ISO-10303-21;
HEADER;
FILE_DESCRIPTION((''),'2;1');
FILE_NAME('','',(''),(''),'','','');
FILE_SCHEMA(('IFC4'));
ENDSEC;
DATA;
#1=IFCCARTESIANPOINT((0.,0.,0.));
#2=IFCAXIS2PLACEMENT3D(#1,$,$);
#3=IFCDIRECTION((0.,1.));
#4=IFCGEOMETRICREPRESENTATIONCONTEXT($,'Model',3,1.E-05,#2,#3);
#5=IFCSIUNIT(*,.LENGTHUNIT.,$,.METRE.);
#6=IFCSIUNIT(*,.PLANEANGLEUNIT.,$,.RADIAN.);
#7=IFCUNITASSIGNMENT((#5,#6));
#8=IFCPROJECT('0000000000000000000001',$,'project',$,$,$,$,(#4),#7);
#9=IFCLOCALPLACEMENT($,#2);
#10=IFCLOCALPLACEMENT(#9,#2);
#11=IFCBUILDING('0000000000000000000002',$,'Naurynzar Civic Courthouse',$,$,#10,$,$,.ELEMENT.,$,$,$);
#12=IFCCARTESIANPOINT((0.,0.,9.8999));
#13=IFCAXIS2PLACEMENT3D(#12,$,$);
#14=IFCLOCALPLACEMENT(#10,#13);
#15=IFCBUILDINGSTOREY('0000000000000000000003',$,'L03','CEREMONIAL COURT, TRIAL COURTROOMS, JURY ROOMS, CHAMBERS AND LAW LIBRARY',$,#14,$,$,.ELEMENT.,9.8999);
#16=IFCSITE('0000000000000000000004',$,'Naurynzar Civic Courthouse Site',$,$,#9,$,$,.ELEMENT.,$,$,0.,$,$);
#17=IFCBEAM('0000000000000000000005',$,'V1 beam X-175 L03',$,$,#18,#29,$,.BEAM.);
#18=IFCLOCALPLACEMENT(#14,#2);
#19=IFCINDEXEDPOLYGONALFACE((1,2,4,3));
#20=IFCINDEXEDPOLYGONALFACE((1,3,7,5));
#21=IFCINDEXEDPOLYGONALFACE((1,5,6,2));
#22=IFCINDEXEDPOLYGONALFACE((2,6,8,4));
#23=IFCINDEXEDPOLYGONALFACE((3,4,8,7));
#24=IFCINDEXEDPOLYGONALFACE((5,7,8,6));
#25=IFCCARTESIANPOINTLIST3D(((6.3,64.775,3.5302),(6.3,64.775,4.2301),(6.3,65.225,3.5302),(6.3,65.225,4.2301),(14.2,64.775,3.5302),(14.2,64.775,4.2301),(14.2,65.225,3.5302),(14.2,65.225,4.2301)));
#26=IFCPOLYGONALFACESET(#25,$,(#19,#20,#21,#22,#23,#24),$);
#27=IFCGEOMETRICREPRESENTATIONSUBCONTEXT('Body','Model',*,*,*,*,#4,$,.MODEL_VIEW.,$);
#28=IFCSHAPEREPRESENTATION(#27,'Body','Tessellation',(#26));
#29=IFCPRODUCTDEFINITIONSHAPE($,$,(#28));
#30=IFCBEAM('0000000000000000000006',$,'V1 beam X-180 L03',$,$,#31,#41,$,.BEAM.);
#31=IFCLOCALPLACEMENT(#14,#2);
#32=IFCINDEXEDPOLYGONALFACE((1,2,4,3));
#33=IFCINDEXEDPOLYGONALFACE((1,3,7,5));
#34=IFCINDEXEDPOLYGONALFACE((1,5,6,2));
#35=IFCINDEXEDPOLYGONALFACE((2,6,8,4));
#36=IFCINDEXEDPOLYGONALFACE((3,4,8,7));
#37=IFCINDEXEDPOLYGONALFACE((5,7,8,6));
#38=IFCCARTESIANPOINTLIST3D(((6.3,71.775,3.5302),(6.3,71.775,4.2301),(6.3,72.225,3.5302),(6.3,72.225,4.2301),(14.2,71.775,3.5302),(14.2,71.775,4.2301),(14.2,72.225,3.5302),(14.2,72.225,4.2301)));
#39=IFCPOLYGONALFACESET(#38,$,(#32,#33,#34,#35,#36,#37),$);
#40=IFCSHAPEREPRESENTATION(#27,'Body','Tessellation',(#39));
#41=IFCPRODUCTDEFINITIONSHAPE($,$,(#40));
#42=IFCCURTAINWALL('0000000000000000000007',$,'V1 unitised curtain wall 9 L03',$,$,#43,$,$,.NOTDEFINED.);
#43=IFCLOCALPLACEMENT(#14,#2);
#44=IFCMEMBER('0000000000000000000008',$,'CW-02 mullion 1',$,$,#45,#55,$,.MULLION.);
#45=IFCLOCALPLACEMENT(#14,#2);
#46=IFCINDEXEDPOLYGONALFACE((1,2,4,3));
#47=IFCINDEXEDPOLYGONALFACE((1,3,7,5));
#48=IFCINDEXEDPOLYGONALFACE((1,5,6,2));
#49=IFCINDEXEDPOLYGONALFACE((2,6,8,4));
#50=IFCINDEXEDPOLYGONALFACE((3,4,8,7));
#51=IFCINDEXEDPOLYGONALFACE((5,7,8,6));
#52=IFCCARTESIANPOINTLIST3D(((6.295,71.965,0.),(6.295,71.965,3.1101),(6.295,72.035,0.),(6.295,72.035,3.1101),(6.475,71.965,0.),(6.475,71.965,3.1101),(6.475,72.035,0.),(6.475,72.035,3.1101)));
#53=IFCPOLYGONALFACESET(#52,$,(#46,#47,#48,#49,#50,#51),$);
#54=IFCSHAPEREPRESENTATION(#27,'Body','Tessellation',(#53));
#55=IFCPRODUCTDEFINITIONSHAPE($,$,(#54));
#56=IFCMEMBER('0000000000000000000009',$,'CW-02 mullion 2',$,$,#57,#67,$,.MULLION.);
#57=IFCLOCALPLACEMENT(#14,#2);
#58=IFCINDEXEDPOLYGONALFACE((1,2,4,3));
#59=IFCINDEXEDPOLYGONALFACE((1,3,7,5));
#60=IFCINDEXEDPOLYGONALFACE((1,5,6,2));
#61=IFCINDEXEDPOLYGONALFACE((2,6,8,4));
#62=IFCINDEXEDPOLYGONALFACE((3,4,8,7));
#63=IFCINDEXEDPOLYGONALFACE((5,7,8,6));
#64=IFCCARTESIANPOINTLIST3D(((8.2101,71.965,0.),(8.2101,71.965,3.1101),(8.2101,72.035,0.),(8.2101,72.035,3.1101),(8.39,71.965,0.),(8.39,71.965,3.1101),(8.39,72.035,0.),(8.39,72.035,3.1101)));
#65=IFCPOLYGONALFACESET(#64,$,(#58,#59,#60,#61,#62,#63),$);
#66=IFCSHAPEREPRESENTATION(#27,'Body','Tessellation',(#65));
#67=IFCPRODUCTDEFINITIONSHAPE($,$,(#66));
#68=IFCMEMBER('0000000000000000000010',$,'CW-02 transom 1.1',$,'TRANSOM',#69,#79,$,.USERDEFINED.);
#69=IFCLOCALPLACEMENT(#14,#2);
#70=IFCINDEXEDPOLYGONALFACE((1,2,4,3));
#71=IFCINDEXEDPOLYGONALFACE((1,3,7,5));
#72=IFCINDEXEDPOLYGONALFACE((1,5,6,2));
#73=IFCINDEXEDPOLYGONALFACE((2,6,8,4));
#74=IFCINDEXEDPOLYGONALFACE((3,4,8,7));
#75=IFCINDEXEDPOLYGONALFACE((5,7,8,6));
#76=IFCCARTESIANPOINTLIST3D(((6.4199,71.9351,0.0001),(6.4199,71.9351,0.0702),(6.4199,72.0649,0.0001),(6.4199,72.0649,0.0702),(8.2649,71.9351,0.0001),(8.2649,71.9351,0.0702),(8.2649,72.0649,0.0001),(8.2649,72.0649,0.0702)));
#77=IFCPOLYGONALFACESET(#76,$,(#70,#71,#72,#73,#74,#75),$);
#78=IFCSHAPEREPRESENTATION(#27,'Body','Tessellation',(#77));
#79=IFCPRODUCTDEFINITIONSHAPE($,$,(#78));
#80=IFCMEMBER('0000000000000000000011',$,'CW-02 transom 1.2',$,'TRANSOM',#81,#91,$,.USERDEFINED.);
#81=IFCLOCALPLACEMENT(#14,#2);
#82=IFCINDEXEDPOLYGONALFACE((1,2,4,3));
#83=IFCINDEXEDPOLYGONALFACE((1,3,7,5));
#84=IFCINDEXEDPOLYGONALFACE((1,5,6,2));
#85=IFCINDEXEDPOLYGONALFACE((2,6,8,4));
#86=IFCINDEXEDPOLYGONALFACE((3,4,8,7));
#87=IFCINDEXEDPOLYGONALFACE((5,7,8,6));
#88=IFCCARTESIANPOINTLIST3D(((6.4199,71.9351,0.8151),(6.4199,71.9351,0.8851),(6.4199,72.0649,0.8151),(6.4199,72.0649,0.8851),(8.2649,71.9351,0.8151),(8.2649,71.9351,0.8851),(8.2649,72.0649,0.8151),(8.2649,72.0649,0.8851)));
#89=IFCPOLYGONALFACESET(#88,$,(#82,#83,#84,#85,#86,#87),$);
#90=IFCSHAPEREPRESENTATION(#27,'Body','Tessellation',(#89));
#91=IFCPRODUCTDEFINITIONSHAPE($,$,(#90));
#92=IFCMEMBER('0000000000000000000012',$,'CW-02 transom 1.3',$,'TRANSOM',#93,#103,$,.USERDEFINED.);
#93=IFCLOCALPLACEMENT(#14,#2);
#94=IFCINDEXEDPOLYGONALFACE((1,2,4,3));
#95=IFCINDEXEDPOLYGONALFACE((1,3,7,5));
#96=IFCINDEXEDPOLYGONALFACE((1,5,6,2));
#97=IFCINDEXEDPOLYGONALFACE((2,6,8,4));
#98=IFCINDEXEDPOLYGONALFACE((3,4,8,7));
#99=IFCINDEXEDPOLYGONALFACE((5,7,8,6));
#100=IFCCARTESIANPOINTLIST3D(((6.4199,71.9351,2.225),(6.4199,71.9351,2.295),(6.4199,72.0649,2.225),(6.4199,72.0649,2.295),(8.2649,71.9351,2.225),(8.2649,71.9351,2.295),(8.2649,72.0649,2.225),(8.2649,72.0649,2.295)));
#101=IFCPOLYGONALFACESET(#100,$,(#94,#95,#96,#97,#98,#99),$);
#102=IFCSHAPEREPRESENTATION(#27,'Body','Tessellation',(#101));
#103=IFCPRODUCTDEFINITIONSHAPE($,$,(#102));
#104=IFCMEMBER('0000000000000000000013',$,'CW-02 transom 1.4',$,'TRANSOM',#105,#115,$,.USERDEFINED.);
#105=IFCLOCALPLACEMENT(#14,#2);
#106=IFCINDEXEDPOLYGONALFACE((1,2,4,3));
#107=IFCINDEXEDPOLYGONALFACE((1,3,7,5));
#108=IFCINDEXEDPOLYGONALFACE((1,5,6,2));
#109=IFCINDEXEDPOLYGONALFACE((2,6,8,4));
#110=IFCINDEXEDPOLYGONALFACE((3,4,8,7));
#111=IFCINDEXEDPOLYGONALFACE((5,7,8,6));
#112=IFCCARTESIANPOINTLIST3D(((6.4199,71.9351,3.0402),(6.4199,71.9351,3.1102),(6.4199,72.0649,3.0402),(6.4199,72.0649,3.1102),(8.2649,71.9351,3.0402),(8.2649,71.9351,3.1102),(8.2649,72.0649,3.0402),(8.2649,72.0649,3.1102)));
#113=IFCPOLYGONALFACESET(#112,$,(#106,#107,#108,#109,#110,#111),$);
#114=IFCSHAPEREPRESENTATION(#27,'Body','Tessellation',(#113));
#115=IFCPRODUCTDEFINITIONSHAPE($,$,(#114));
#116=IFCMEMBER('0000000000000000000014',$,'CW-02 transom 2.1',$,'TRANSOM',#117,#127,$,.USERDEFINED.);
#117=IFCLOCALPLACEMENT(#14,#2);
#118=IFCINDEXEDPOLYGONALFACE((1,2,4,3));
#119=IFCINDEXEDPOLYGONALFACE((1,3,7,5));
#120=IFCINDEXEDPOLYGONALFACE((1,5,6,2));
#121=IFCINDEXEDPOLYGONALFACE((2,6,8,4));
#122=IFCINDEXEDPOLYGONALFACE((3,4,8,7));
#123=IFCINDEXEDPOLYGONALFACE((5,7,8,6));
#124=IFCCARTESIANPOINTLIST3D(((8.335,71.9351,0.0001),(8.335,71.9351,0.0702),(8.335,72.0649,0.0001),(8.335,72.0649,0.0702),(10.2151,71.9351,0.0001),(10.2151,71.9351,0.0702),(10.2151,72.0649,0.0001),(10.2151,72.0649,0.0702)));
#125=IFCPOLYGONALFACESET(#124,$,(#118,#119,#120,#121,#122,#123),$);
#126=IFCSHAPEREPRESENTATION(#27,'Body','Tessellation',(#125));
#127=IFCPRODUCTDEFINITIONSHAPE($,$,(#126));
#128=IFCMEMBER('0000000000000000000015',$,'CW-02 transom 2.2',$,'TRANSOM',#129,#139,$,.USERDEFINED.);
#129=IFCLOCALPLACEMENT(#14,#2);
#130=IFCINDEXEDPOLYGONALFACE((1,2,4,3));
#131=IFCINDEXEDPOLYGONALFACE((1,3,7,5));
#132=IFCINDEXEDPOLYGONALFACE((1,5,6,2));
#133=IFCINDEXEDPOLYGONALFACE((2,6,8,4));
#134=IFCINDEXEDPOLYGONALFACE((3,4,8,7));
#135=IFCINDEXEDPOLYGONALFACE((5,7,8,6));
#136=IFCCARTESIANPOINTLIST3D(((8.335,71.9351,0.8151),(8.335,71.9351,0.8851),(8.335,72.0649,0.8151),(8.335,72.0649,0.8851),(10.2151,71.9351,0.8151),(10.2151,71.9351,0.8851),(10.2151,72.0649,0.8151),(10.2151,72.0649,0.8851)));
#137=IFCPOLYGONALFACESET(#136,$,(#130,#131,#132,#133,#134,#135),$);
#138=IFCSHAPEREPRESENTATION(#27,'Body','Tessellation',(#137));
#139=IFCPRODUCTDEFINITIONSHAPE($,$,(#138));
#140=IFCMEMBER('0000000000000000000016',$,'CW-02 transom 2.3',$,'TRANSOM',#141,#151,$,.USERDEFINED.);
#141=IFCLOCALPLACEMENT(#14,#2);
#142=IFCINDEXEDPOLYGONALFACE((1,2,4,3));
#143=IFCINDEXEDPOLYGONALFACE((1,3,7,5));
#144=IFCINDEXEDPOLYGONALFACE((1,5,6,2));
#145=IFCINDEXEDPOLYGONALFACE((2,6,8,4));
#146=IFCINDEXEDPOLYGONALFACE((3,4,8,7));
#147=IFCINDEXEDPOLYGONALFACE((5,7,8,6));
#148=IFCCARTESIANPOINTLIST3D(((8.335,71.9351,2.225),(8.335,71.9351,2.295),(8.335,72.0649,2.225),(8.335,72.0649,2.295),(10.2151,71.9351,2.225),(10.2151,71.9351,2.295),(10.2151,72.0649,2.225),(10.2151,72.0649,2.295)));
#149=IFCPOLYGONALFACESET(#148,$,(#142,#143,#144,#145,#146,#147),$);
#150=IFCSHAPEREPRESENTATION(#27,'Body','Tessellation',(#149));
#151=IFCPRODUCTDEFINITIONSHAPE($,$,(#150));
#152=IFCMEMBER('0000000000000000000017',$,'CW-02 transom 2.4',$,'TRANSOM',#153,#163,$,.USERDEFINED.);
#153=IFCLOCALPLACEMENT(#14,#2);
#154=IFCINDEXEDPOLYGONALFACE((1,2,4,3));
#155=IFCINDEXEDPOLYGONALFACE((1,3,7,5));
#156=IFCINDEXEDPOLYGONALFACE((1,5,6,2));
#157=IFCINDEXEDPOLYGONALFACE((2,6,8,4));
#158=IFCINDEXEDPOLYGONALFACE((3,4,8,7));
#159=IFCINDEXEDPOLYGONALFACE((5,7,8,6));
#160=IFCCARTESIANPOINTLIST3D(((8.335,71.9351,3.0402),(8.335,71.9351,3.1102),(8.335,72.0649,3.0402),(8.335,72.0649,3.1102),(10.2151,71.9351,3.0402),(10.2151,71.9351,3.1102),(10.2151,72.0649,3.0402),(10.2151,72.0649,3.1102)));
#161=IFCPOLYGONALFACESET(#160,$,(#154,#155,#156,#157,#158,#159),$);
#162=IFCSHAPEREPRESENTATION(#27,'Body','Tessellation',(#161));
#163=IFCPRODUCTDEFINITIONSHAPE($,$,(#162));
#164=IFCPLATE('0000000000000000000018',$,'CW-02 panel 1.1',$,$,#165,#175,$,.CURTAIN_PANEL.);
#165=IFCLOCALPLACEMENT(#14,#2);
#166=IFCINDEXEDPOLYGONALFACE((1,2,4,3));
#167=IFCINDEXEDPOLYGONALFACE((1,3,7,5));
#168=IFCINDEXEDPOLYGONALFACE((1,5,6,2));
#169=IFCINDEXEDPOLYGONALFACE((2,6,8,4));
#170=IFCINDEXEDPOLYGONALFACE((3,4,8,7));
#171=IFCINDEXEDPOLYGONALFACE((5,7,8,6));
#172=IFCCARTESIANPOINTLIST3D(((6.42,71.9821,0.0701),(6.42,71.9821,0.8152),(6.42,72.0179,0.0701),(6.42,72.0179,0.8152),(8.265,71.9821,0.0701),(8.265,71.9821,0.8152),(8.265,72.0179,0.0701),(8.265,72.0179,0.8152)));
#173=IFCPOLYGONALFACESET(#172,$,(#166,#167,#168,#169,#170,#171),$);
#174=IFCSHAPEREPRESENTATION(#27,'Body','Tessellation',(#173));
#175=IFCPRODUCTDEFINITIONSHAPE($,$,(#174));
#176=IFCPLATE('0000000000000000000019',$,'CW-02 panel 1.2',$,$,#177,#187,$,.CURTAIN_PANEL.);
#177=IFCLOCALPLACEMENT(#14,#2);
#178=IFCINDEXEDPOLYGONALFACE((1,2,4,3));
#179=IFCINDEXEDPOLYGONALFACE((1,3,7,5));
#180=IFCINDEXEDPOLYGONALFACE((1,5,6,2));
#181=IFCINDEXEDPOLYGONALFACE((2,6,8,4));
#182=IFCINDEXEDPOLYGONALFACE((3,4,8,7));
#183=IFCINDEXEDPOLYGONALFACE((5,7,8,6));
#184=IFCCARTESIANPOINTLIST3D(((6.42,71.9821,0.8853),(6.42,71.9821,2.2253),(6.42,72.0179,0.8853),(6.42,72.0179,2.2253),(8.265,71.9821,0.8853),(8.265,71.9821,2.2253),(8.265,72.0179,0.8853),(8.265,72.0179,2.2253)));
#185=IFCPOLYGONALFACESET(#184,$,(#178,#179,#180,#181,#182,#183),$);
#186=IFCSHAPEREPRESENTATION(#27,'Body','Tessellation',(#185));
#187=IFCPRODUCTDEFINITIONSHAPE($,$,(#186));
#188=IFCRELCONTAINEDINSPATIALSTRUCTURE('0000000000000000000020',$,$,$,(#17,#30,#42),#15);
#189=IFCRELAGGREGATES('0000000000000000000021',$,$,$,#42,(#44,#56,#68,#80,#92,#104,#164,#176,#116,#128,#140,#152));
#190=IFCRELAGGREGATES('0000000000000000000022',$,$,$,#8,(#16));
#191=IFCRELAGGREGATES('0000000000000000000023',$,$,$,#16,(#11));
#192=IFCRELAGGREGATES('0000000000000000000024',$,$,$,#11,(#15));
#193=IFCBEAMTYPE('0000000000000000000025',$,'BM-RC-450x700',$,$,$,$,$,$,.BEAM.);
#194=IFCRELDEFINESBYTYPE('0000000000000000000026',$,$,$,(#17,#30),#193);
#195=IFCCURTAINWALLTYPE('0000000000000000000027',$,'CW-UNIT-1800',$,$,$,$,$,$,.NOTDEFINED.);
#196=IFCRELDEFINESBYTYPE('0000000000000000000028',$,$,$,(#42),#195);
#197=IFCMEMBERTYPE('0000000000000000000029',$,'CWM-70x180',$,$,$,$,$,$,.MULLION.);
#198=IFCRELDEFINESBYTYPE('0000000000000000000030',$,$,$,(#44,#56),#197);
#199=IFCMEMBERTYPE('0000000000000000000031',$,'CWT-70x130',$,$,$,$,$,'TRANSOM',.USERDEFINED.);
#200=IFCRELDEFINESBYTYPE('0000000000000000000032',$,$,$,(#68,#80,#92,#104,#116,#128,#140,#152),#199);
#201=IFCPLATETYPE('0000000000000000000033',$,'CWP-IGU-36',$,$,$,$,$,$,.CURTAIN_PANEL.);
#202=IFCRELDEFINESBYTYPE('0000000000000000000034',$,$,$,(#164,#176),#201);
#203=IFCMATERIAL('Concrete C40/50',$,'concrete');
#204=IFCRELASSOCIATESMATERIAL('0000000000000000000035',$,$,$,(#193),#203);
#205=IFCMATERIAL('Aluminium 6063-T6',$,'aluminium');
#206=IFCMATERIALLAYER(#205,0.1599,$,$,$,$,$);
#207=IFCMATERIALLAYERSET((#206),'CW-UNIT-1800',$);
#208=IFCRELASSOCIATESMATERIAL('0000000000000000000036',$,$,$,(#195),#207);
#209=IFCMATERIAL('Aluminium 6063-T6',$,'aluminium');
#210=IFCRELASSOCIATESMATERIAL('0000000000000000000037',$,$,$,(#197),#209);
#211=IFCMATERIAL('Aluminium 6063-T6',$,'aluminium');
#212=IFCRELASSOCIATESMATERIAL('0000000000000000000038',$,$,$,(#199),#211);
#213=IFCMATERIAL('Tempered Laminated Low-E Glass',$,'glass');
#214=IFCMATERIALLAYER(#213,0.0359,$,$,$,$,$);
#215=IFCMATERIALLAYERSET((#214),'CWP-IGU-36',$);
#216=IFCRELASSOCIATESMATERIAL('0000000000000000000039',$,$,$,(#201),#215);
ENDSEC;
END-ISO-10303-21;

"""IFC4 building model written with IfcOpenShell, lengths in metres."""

from ifc_helpers import new_model, si_unit, direction, frame, origin, origin_2d, place, context, subcontext, project, spatial, rectangle, extrude, material, layer, layer_set, material_profile, profile_set, type_object, element, aggregate, save


model = new_model("IFC4")

# Units and contexts
model_context = context("Model", 3, precision=1e-05, world=origin(), true_north=direction((0.0, 1.0)))
body_context = subcontext(model_context, "Body", "Model", "MODEL_VIEW")
ifc_project = project(units=[si_unit("LENGTHUNIT", "METRE"), si_unit("PLANEANGLEUNIT", "RADIAN")], contexts=[model_context])

# Site, building, storey
site_placement = place(None, origin())
site = spatial("IfcSite", under=ifc_project, at=site_placement, Name="Naurynzar Civic Courthouse Site", CompositionType="ELEMENT", RefElevation=0.0)
building_placement = place(site_placement, origin())
building = spatial("IfcBuilding", under=site, at=building_placement, Name="Naurynzar Civic Courthouse", CompositionType="ELEMENT")
storey_placement = place(building_placement, frame((0.0, 0.0, 9.8999)))
storey = spatial("IfcBuildingStorey", under=building, at=storey_placement, Name="L03", Description="CEREMONIAL COURT, TRIAL COURTROOMS, JURY ROOMS, CHAMBERS AND LAW LIBRARY", CompositionType="ELEMENT", Elevation=9.8999)

# Beams
ifc_material_1 = material(Name="Concrete C40/50", Category="concrete")
ifc_material_profile_1 = material_profile(ifc_material_1, rectangle(XDim=0.45, YDim=0.7, at=origin_2d()), Name="RCB 450x700")
ifc_profile_set_1 = profile_set([ifc_material_profile_1], Name="Concrete C40/50")
beam_type = type_object("IfcBeamType", Name="BM-RC-450x700", PredefinedType="BEAM", material=ifc_profile_set_1)
for number, where, z_axis, x_axis, name in (
    (1, (6.3, 65.0, 3.8801), (1.0, 0.0, 0.0), (0.0, 1.0, 0.0), "V1 beam X-175 L03"),
    (2, (6.3, 72.0, 3.8801), (1.0, 0.0, 0.0), (0.0, 1.0, 0.0), "V1 beam X-180 L03"),
):
    element("IfcBeam", number, at=place(storey_placement, frame(where, z_axis=z_axis, x_axis=x_axis)), inside=storey, type_object=beam_type, Name=name, PredefinedType="BEAM", context=body_context, shape_type="SweptSolid", body=[
        extrude(rectangle(XDim=0.45, YDim=0.7, at=origin_2d()), origin(), (0.0, 0.0, 1.0), 7.8999),
    ])

# Curtain wall, members, plates
ifc_material_2 = material(Name="Aluminium 6063-T6", Category="aluminium")
ifc_layer_1 = layer(ifc_material_2, 0.1599)
ifc_layer_set_1 = layer_set([ifc_layer_1], Name="CW-UNIT-1800")
curtain_wall_type = type_object("IfcCurtainWallType", Name="CW-UNIT-1800", PredefinedType="NOTDEFINED", material=ifc_layer_set_1)
curtain_wall_placement = place(storey_placement, origin())
curtain_wall = element("IfcCurtainWall", 3, at=curtain_wall_placement, inside=storey, type_object=curtain_wall_type, Name="V1 unitised curtain wall 9 L03", PredefinedType="NOTDEFINED")
ifc_material_3 = material(Name="Aluminium 6063-T6", Category="aluminium")
ifc_material_profile_2 = material_profile(ifc_material_3, rectangle(XDim=0.0701, YDim=0.1799, at=origin_2d()), Name="ALU MULLION 70x180")
ifc_profile_set_2 = profile_set([ifc_material_profile_2], Name="Aluminium 6063-T6")
member_type_1 = type_object("IfcMemberType", Name="CWM-70x180", PredefinedType="MULLION", material=ifc_profile_set_2)
member_1_placement = place(storey_placement, frame((6.385, 72.0, 0.0), z_axis=(0.0, 0.0, 1.0), x_axis=(0.0, 1.0, 0.0)))
member_1 = element("IfcMember", 4, at=member_1_placement, type_object=member_type_1, Name="CW-02 mullion 1", PredefinedType="MULLION", context=body_context, shape_type="SweptSolid", body=[
    extrude(rectangle(XDim=0.0701, YDim=0.1799, at=origin_2d()), origin(), (0.0, 0.0, 1.0), 3.1101),
])
member_2_placement = place(storey_placement, frame((8.3, 72.0, 0.0), z_axis=(0.0, 0.0, 1.0), x_axis=(0.0, 1.0, 0.0)))
member_2 = element("IfcMember", 5, at=member_2_placement, type_object=member_type_1, Name="CW-02 mullion 2", PredefinedType="MULLION", context=body_context, shape_type="SweptSolid", body=[
    extrude(rectangle(XDim=0.0701, YDim=0.1799, at=origin_2d()), origin(), (0.0, 0.0, 1.0), 3.1101),
])
ifc_material_4 = material(Name="Aluminium 6063-T6", Category="aluminium")
ifc_material_profile_3 = material_profile(ifc_material_4, rectangle(XDim=0.1299, YDim=0.0701, at=origin_2d()), Name="ALU TRANSOM 70x130")
ifc_profile_set_3 = profile_set([ifc_material_profile_3], Name="Aluminium 6063-T6")
member_type_2 = type_object("IfcMemberType", Name="CWT-70x130", ElementType="TRANSOM", PredefinedType="USERDEFINED", material=ifc_profile_set_3)
member_3_placement = place(storey_placement, frame((6.4199, 72.0, 0.0352), z_axis=(1.0, 0.0, 0.0), x_axis=(0.0, 1.0, 0.0)))
member_3 = element("IfcMember", 6, at=member_3_placement, type_object=member_type_2, Name="CW-02 transom 1.1", ObjectType="TRANSOM", PredefinedType="USERDEFINED", context=body_context, shape_type="SweptSolid", body=[
    extrude(rectangle(XDim=0.1299, YDim=0.0701, at=origin_2d()), origin(), (0.0, 0.0, 1.0), 1.845),
])
member_4_placement = place(storey_placement, frame((6.4199, 72.0, 0.8501), z_axis=(1.0, 0.0, 0.0), x_axis=(0.0, 1.0, 0.0)))
member_4 = element("IfcMember", 7, at=member_4_placement, type_object=member_type_2, Name="CW-02 transom 1.2", ObjectType="TRANSOM", PredefinedType="USERDEFINED", context=body_context, shape_type="SweptSolid", body=[
    extrude(rectangle(XDim=0.1299, YDim=0.0701, at=origin_2d()), origin(), (0.0, 0.0, 1.0), 1.845),
])
member_5_placement = place(storey_placement, frame((6.4199, 72.0, 2.26), z_axis=(1.0, 0.0, 0.0), x_axis=(0.0, 1.0, 0.0)))
member_5 = element("IfcMember", 8, at=member_5_placement, type_object=member_type_2, Name="CW-02 transom 1.3", ObjectType="TRANSOM", PredefinedType="USERDEFINED", context=body_context, shape_type="SweptSolid", body=[
    extrude(rectangle(XDim=0.1299, YDim=0.0701, at=origin_2d()), origin(), (0.0, 0.0, 1.0), 1.845),
])
member_6_placement = place(storey_placement, frame((6.4199, 72.0, 3.0752), z_axis=(1.0, 0.0, 0.0), x_axis=(0.0, 1.0, 0.0)))
member_6 = element("IfcMember", 9, at=member_6_placement, type_object=member_type_2, Name="CW-02 transom 1.4", ObjectType="TRANSOM", PredefinedType="USERDEFINED", context=body_context, shape_type="SweptSolid", body=[
    extrude(rectangle(XDim=0.1299, YDim=0.0701, at=origin_2d()), origin(), (0.0, 0.0, 1.0), 1.845),
])
member_7_placement = place(storey_placement, frame((8.335, 72.0, 0.0352), z_axis=(1.0, 0.0, 0.0), x_axis=(0.0, 1.0, 0.0)))
member_7 = element("IfcMember", 10, at=member_7_placement, type_object=member_type_2, Name="CW-02 transom 2.1", ObjectType="TRANSOM", PredefinedType="USERDEFINED", context=body_context, shape_type="SweptSolid", body=[
    extrude(rectangle(XDim=0.1299, YDim=0.0701, at=origin_2d()), origin(), (0.0, 0.0, 1.0), 1.8801),
])
member_8_placement = place(storey_placement, frame((8.335, 72.0, 0.8501), z_axis=(1.0, 0.0, 0.0), x_axis=(0.0, 1.0, 0.0)))
member_8 = element("IfcMember", 11, at=member_8_placement, type_object=member_type_2, Name="CW-02 transom 2.2", ObjectType="TRANSOM", PredefinedType="USERDEFINED", context=body_context, shape_type="SweptSolid", body=[
    extrude(rectangle(XDim=0.1299, YDim=0.0701, at=origin_2d()), origin(), (0.0, 0.0, 1.0), 1.8801),
])
member_9_placement = place(storey_placement, frame((8.335, 72.0, 2.26), z_axis=(1.0, 0.0, 0.0), x_axis=(0.0, 1.0, 0.0)))
member_9 = element("IfcMember", 12, at=member_9_placement, type_object=member_type_2, Name="CW-02 transom 2.3", ObjectType="TRANSOM", PredefinedType="USERDEFINED", context=body_context, shape_type="SweptSolid", body=[
    extrude(rectangle(XDim=0.1299, YDim=0.0701, at=origin_2d()), origin(), (0.0, 0.0, 1.0), 1.8801),
])
member_10_placement = place(storey_placement, frame((8.335, 72.0, 3.0752), z_axis=(1.0, 0.0, 0.0), x_axis=(0.0, 1.0, 0.0)))
member_10 = element("IfcMember", 13, at=member_10_placement, type_object=member_type_2, Name="CW-02 transom 2.4", ObjectType="TRANSOM", PredefinedType="USERDEFINED", context=body_context, shape_type="SweptSolid", body=[
    extrude(rectangle(XDim=0.1299, YDim=0.0701, at=origin_2d()), origin(), (0.0, 0.0, 1.0), 1.8801),
])
ifc_material_5 = material(Name="Tempered Laminated Low-E Glass", Category="glass")
ifc_layer_2 = layer(ifc_material_5, 0.0359)
ifc_layer_set_2 = layer_set([ifc_layer_2], Name="CWP-IGU-36")
plate_type = type_object("IfcPlateType", Name="CWP-IGU-36", PredefinedType="CURTAIN_PANEL", material=ifc_layer_set_2)
plate_1_placement = place(storey_placement, frame((7.3425, 72.0, 0.0701), z_axis=(0.0, 0.0, 1.0), x_axis=(1.0, 0.0, 0.0)))
plate_1 = element("IfcPlate", 14, at=plate_1_placement, type_object=plate_type, Name="CW-02 panel 1.1", PredefinedType="CURTAIN_PANEL", context=body_context, shape_type="SweptSolid", body=[
    extrude(rectangle(XDim=1.845, YDim=0.0359, at=origin_2d()), origin(), (0.0, 0.0, 1.0), 0.7451),
])
plate_2_placement = place(storey_placement, frame((7.3425, 72.0, 0.8853), z_axis=(0.0, 0.0, 1.0), x_axis=(1.0, 0.0, 0.0)))
plate_2 = element("IfcPlate", 15, at=plate_2_placement, type_object=plate_type, Name="CW-02 panel 1.2", PredefinedType="CURTAIN_PANEL", context=body_context, shape_type="SweptSolid", body=[
    extrude(rectangle(XDim=1.845, YDim=0.0359, at=origin_2d()), origin(), (0.0, 0.0, 1.0), 1.3401),
])
aggregate(curtain_wall, [member_1, member_2, member_3, member_4, member_5, member_6, plate_1, plate_2, member_7, member_8, member_9, member_10])

save(model, "model.ifc")
